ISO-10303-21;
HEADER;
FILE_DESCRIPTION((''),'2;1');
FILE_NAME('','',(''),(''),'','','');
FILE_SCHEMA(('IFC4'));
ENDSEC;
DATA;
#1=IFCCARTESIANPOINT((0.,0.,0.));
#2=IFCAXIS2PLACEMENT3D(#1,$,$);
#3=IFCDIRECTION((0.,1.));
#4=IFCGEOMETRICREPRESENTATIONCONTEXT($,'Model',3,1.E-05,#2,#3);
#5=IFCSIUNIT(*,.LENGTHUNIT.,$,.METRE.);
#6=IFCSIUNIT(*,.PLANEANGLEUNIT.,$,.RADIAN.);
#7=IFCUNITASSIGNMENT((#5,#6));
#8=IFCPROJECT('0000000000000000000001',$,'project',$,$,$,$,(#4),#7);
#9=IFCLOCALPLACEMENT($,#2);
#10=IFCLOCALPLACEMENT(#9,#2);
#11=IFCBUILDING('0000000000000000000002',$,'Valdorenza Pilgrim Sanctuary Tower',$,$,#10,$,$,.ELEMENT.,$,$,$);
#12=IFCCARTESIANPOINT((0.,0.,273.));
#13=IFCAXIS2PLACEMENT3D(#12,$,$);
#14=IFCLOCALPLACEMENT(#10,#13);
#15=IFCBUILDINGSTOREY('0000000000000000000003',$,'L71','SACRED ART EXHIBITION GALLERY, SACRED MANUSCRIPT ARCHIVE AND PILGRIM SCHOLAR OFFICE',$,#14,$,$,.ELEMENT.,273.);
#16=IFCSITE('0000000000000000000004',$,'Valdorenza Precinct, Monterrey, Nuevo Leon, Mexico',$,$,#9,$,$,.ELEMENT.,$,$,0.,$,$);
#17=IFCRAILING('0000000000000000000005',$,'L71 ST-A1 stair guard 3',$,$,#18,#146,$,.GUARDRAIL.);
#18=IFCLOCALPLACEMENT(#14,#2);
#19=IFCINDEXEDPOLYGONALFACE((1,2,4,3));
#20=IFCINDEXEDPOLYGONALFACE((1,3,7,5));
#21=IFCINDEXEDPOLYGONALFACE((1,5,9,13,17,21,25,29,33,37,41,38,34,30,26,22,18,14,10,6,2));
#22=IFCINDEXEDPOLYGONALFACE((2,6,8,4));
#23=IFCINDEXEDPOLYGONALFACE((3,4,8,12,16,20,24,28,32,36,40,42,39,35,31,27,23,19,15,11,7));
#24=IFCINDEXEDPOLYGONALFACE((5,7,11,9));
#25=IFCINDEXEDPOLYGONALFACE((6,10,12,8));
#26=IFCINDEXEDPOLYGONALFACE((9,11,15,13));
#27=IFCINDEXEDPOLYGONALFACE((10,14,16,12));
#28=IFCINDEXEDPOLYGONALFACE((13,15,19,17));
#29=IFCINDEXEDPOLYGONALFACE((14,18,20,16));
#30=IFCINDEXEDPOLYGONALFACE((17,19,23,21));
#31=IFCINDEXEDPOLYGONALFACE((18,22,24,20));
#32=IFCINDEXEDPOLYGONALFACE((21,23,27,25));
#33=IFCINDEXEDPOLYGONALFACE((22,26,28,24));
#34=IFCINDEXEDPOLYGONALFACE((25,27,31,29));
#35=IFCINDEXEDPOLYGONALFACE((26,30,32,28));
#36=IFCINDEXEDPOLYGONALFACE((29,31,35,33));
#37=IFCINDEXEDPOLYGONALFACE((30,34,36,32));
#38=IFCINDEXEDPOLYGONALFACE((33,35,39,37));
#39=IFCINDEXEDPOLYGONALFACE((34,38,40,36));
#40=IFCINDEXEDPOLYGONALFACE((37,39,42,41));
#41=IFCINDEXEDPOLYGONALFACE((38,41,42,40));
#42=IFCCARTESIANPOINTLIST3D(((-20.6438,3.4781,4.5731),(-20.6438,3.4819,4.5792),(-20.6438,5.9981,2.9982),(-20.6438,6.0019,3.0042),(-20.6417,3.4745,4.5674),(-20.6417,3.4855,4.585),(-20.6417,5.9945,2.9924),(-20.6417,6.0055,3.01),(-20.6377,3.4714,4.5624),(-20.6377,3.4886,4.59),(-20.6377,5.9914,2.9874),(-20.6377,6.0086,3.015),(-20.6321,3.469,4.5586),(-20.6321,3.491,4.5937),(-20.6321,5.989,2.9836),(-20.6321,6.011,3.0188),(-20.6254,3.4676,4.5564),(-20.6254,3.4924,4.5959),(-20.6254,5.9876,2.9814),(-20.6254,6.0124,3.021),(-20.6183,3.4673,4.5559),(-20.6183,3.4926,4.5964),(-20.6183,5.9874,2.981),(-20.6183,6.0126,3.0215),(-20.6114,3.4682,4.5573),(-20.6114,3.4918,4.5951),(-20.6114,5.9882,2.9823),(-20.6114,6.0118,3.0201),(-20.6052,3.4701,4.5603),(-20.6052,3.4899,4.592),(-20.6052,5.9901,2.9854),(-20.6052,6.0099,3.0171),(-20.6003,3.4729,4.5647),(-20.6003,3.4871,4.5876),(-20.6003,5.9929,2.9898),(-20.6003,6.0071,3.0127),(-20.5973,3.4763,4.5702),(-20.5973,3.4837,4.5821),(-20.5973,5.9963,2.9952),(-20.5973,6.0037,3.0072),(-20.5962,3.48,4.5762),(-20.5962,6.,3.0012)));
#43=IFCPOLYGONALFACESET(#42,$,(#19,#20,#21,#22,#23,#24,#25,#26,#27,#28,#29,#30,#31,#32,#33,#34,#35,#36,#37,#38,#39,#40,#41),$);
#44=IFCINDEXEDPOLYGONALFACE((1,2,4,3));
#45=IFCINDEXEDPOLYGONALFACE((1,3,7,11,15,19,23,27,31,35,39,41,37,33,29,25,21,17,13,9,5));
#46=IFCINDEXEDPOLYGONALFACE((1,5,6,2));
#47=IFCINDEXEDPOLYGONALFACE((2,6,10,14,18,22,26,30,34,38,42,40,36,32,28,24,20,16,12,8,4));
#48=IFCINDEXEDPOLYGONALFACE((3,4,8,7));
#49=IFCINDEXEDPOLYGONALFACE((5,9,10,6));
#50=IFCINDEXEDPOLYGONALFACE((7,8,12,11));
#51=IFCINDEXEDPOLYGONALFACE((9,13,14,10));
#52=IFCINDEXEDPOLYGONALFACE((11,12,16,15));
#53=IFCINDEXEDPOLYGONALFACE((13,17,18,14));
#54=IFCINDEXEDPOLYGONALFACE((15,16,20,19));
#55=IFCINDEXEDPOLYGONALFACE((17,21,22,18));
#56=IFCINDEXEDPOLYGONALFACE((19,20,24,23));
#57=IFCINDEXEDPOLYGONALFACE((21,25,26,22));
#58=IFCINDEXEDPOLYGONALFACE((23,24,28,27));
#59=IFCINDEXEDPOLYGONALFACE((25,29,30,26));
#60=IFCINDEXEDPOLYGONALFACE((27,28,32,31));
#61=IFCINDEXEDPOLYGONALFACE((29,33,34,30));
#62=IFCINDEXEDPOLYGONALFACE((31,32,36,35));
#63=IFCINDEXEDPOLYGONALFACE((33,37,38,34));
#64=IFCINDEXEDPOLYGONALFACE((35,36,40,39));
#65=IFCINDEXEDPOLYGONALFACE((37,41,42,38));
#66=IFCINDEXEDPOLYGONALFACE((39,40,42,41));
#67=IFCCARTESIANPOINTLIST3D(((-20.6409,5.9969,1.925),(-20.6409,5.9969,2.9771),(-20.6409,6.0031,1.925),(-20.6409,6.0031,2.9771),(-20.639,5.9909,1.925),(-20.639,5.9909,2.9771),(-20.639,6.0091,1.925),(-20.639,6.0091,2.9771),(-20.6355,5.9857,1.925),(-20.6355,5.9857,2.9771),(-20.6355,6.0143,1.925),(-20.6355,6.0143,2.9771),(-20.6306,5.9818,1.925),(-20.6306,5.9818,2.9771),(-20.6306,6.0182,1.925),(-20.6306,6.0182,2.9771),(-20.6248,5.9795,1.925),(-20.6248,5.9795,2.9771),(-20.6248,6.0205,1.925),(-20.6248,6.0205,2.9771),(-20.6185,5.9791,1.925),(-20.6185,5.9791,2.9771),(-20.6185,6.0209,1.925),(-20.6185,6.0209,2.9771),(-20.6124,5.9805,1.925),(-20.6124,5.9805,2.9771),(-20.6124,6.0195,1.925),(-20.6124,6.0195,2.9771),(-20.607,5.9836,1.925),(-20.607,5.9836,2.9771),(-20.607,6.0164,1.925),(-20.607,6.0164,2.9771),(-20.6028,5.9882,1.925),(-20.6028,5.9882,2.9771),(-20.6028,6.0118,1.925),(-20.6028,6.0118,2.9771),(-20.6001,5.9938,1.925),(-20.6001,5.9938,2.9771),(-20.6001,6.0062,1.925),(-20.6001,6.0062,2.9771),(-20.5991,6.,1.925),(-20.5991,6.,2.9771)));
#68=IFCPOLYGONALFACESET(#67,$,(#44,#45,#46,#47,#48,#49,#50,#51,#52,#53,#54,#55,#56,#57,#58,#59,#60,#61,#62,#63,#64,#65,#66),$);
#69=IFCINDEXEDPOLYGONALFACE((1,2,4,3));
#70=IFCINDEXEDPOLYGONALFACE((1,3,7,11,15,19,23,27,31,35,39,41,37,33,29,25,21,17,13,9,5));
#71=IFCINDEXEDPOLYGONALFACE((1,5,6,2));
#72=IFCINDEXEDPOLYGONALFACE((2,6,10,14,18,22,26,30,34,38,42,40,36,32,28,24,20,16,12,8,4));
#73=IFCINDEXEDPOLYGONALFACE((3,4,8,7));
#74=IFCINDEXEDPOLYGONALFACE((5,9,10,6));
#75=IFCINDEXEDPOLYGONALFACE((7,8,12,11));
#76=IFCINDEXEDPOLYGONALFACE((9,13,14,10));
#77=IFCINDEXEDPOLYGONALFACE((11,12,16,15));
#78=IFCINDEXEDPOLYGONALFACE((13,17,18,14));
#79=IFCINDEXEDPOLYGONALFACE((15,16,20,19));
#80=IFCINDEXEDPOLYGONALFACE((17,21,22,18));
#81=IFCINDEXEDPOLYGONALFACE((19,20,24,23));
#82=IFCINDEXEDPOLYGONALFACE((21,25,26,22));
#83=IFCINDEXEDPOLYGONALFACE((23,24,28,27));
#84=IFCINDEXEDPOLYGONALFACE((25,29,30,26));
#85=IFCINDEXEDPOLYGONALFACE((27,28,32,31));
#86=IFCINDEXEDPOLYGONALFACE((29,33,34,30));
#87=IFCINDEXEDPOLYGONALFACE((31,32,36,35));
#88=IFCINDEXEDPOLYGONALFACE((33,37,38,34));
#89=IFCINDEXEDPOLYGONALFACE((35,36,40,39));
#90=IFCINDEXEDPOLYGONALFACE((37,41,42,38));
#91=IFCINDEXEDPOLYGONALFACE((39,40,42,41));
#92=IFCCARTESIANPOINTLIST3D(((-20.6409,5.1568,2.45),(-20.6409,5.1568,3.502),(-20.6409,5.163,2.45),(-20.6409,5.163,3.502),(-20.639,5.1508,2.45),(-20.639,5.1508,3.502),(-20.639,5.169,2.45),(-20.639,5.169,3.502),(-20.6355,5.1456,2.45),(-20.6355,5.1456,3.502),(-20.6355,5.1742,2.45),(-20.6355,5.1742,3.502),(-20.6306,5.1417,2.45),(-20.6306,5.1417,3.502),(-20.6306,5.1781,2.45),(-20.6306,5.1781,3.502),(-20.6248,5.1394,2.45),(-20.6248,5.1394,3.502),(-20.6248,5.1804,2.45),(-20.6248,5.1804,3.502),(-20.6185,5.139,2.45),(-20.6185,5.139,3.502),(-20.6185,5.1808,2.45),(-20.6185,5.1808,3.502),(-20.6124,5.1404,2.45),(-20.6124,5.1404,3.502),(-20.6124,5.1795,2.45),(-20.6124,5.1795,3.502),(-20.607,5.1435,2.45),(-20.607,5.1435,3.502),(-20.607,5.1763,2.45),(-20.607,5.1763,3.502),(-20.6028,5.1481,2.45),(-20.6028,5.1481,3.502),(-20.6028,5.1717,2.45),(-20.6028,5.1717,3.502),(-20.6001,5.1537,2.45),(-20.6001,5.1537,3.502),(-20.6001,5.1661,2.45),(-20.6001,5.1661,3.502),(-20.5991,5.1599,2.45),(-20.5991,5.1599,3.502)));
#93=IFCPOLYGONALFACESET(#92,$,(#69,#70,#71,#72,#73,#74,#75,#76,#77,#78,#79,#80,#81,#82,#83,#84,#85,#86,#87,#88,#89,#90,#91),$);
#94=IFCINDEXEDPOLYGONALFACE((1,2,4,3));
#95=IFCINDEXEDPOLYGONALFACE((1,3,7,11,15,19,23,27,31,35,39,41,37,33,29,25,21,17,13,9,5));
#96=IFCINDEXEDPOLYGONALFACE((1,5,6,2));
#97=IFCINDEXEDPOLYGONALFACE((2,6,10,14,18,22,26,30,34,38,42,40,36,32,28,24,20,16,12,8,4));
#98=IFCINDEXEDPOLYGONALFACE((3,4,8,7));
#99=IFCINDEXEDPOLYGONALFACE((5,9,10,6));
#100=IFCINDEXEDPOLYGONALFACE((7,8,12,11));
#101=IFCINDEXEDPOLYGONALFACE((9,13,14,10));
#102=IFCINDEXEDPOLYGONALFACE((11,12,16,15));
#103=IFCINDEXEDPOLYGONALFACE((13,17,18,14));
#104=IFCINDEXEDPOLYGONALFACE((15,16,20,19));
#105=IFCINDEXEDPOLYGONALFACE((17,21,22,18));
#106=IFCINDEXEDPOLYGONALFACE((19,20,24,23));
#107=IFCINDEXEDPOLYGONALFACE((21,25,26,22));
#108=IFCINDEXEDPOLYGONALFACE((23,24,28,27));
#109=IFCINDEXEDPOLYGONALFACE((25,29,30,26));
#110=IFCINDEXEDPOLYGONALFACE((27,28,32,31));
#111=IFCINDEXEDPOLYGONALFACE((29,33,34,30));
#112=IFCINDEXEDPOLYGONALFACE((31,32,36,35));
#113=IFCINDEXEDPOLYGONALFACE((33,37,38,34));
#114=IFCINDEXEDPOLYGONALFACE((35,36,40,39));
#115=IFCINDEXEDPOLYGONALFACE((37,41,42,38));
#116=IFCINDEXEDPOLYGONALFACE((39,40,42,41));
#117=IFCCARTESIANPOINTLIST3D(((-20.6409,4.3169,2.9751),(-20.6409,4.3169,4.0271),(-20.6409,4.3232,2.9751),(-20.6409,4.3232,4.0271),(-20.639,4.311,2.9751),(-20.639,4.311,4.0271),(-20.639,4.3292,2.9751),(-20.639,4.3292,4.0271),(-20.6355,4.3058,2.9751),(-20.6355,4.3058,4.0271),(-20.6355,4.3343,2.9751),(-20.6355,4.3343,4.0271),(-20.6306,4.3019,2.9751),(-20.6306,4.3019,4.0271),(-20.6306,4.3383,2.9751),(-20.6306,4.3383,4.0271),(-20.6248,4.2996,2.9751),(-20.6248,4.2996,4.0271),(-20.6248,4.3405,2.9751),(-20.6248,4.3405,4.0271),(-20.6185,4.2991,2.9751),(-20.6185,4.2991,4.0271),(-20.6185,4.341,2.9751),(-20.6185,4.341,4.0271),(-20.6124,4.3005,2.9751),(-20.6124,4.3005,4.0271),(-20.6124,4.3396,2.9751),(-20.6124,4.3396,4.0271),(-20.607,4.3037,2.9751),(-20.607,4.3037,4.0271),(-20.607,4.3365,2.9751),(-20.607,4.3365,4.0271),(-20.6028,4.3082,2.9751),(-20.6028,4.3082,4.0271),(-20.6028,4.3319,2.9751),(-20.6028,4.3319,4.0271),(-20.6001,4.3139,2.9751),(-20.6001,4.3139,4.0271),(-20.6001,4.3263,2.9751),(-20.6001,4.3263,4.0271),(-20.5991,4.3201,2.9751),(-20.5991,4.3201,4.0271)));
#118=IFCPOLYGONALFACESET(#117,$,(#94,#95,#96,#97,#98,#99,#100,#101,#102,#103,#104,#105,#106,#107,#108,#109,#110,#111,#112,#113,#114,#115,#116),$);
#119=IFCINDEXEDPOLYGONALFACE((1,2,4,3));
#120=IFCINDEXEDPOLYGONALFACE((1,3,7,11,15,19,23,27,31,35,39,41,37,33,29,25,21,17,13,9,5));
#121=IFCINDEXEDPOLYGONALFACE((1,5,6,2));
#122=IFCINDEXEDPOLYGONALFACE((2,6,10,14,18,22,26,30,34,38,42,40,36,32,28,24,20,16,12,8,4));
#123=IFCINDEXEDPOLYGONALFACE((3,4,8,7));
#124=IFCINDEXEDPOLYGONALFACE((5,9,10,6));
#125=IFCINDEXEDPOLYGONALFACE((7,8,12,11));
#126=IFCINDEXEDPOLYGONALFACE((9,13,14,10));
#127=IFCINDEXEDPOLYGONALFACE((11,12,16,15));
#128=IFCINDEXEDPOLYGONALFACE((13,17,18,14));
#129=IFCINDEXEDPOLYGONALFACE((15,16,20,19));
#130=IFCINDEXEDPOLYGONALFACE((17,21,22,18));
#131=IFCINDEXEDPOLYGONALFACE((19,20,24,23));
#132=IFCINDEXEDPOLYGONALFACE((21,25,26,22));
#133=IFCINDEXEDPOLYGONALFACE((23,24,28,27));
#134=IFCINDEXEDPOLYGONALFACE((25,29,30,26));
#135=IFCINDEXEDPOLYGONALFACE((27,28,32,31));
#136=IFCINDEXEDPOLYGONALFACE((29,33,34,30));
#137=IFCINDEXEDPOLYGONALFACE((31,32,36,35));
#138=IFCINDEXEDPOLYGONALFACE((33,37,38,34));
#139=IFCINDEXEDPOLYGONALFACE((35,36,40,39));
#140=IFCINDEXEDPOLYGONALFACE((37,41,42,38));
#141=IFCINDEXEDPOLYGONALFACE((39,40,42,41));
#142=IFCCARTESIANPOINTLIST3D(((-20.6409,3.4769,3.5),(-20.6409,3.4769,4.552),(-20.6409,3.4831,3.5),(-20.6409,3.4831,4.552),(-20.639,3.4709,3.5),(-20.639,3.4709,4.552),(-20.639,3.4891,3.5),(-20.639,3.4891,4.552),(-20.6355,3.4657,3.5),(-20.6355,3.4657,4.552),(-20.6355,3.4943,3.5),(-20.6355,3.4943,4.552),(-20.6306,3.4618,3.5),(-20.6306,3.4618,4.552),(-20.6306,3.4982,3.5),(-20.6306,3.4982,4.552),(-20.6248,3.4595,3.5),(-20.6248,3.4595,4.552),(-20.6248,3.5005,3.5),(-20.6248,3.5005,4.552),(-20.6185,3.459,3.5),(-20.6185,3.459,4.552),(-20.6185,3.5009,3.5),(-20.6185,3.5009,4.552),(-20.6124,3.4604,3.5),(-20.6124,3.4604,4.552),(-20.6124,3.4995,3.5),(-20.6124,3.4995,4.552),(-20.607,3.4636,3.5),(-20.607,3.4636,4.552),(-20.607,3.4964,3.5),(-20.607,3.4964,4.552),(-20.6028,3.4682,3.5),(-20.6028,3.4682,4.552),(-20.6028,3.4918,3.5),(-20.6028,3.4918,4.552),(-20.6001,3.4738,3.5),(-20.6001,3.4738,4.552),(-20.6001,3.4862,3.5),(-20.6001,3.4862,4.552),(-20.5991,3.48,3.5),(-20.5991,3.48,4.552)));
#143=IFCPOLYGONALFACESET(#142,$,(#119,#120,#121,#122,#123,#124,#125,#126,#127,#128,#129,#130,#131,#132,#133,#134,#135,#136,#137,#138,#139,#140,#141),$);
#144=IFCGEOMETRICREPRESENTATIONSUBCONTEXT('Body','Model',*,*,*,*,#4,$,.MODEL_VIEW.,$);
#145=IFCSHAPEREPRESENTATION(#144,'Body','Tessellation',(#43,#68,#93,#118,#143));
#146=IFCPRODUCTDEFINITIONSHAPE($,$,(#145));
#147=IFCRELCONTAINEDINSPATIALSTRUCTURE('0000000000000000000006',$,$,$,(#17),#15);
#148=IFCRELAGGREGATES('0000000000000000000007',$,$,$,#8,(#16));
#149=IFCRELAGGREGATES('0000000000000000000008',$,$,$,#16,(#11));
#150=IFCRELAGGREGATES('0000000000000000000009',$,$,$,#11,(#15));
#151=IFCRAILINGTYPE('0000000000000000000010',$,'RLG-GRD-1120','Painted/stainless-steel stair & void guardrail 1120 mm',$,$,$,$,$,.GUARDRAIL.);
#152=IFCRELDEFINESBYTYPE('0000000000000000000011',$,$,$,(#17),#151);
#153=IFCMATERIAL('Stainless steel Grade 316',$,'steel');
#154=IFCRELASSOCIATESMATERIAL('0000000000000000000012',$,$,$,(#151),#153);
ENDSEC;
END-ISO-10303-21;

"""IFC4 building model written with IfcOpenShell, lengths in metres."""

from ifc_helpers import new_model, si_unit, direction, frame, origin, origin_2d, place, context, subcontext, project, spatial, circle, extrude, material, type_object, element, save


model = new_model("IFC4")

# Units and contexts
model_context = context("Model", 3, precision=1e-05, world=origin(), true_north=direction((0.0, 1.0)))
body_context = subcontext(model_context, "Body", "Model", "MODEL_VIEW")
ifc_project = project(units=[si_unit("LENGTHUNIT", "METRE"), si_unit("PLANEANGLEUNIT", "RADIAN")], contexts=[model_context])

# Site, building, storey
site_placement = place(None, origin())
site = spatial("IfcSite", under=ifc_project, at=site_placement, Name="Valdorenza Precinct, Monterrey, Nuevo Leon, Mexico", CompositionType="ELEMENT", RefElevation=0.0)
building_placement = place(site_placement, origin())
building = spatial("IfcBuilding", under=site, at=building_placement, Name="Valdorenza Pilgrim Sanctuary Tower", CompositionType="ELEMENT")
storey_placement = place(building_placement, frame((0.0, 0.0, 273.0)))
storey = spatial("IfcBuildingStorey", under=building, at=storey_placement, Name="L71", Description="SACRED ART EXHIBITION GALLERY, SACRED MANUSCRIPT ARCHIVE AND PILGRIM SCHOLAR OFFICE", CompositionType="ELEMENT", Elevation=273.0)

# Railing
ifc_material_1 = material(Name="Stainless steel Grade 316", Category="steel")
railing_type_1 = type_object("IfcRailingType", Name="RLG-GRD-1120", Description="Painted/stainless-steel stair & void guardrail 1120 mm", PredefinedType="GUARDRAIL", material=ifc_material_1)
railing_1_placement = place(storey_placement, frame((-20.6201, 6.0, 1.925)))
element("IfcRailing", 1, at=railing_1_placement, inside=storey, type_object=railing_type_1, Name="L71 ST-A1 stair guard 3", PredefinedType="GUARDRAIL", context=body_context, shape_type="SweptSolid", body=[
    extrude(circle(Radius=0.0239, at=origin_2d()), frame((0.0, 0.0, 1.0762), z_axis=(0.0, -0.848008, 0.529984), x_axis=(1.0, 0.0, 0.0)), (0.0, 0.0, 1.0), 2.9717),
    extrude(circle(Radius=0.021, at=origin_2d()), origin(), (0.0, 0.0, 1.0), 1.052),
    extrude(circle(Radius=0.021, at=origin_2d()), frame((0.0, -0.8401, 0.5249)), (0.0, 0.0, 1.0), 1.052),
    extrude(circle(Radius=0.021, at=origin_2d()), frame((0.0, -1.6799, 1.05)), (0.0, 0.0, 1.0), 1.052),
    extrude(circle(Radius=0.021, at=origin_2d()), frame((0.0, -2.52, 1.575)), (0.0, 0.0, 1.0), 1.052),
])

save(model, "model.ifc")
